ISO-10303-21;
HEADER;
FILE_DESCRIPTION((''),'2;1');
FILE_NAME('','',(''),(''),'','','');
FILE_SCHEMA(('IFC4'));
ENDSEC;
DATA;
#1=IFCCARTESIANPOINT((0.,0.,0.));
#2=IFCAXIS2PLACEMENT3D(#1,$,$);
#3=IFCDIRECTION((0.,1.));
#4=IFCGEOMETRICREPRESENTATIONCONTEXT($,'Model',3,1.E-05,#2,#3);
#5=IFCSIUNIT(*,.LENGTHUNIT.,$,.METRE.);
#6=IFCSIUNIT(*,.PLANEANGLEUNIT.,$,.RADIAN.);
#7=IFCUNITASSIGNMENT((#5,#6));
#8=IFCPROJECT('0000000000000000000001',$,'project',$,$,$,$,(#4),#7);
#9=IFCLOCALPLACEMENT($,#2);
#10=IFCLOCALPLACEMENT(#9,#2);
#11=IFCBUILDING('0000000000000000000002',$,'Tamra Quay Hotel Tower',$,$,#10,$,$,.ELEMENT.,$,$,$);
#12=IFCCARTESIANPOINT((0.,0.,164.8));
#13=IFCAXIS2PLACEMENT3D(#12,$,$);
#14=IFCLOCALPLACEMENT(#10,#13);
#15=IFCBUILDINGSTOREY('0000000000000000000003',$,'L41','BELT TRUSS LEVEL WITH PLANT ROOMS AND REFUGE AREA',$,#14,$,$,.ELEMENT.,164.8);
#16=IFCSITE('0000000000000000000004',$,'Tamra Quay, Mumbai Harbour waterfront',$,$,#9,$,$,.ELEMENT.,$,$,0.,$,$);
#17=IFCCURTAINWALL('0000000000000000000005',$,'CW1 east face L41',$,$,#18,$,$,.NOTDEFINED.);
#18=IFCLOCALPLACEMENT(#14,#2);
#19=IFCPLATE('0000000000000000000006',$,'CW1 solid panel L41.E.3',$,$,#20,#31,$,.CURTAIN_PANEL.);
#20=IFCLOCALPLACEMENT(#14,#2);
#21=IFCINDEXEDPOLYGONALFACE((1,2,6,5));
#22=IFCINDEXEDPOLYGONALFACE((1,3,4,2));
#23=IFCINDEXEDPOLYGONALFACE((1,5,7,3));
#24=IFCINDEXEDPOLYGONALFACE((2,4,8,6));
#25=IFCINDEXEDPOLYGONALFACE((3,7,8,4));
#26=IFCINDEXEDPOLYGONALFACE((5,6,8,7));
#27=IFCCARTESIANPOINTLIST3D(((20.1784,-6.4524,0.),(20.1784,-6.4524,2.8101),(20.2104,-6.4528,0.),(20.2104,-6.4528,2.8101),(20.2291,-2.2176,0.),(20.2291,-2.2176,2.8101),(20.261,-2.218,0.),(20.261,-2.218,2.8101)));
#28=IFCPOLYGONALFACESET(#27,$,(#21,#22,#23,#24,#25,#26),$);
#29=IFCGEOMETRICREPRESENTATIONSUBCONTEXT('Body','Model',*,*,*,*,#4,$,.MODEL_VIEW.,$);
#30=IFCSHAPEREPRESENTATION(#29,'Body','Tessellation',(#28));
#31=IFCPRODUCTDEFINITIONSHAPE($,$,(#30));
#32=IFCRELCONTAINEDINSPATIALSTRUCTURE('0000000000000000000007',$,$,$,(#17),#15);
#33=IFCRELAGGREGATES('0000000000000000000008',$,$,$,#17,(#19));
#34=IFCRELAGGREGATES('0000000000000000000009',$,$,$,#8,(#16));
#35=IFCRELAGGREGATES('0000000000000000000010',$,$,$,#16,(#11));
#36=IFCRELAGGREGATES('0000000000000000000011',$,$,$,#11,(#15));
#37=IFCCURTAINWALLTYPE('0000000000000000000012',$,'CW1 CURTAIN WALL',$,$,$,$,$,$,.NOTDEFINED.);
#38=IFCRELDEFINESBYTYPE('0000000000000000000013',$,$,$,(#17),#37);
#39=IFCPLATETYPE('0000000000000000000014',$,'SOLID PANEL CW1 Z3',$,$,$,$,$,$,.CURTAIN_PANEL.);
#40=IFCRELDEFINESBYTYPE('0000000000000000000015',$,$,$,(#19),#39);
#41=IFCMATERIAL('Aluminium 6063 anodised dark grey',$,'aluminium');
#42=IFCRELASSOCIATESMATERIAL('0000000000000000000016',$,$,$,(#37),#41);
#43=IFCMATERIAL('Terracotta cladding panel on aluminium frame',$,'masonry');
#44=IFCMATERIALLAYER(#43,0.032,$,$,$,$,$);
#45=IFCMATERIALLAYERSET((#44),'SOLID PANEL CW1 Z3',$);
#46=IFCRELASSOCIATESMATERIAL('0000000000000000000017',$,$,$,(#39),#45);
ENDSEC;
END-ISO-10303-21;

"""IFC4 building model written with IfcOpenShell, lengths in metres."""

from ifc_helpers import new_model, si_unit, direction, frame, origin, origin_2d, place, context, subcontext, project, spatial, rectangle, extrude, material, layer, layer_set, type_object, element, aggregate, save


model = new_model("IFC4")

# Units and contexts
model_context = context("Model", 3, precision=1e-05, world=origin(), true_north=direction((0.0, 1.0)))
body_context = subcontext(model_context, "Body", "Model", "MODEL_VIEW")
ifc_project = project(units=[si_unit("LENGTHUNIT", "METRE"), si_unit("PLANEANGLEUNIT", "RADIAN")], contexts=[model_context])

# Site, building, storey
site_placement = place(None, origin())
site = spatial("IfcSite", under=ifc_project, at=site_placement, Name="Tamra Quay, Mumbai Harbour waterfront", CompositionType="ELEMENT", RefElevation=0.0)
building_placement = place(site_placement, origin())
building = spatial("IfcBuilding", under=site, at=building_placement, Name="Tamra Quay Hotel Tower", CompositionType="ELEMENT")
storey_placement = place(building_placement, frame((0.0, 0.0, 164.8)))
storey = spatial("IfcBuildingStorey", under=building, at=storey_placement, Name="L41", Description="BELT TRUSS LEVEL WITH PLANT ROOMS AND REFUGE AREA", CompositionType="ELEMENT", Elevation=164.8)

# Curtain wall
ifc_material_1 = material(Name="Aluminium 6063 anodised dark grey", Category="aluminium")
curtain_wall_type = type_object("IfcCurtainWallType", Name="CW1 CURTAIN WALL", PredefinedType="NOTDEFINED", material=ifc_material_1)
curtain_wall_placement = place(storey_placement, origin())
curtain_wall = element("IfcCurtainWall", 1, at=curtain_wall_placement, inside=storey, type_object=curtain_wall_type, Name="CW1 east face L41", PredefinedType="NOTDEFINED")

# Plate
ifc_material_2 = material(Name="Terracotta cladding panel on aluminium frame", Category="masonry")
ifc_layer_1 = layer(ifc_material_2, 0.032)
ifc_layer_set_1 = layer_set([ifc_layer_1], Name="SOLID PANEL CW1 Z3")
plate_type_1 = type_object("IfcPlateType", Name="SOLID PANEL CW1 Z3", PredefinedType="CURTAIN_PANEL", material=ifc_layer_set_1)
plate_1_placement = place(storey_placement, frame((20.2197, -4.3352, 0.0), z_axis=(0.0, 0.0, 1.0), x_axis=(0.011957, 0.999929, 0.0)))
plate_1 = element("IfcPlate", 2, at=plate_1_placement, type_object=plate_type_1, Name="CW1 solid panel L41.E.3", PredefinedType="CURTAIN_PANEL", context=body_context, shape_type="SweptSolid", body=[
    extrude(rectangle(XDim=4.2351, YDim=0.032, at=origin_2d()), origin(), (0.0, 0.0, 1.0), 2.8101),
])
aggregate(curtain_wall, [plate_1])

save(model, "model.ifc")
